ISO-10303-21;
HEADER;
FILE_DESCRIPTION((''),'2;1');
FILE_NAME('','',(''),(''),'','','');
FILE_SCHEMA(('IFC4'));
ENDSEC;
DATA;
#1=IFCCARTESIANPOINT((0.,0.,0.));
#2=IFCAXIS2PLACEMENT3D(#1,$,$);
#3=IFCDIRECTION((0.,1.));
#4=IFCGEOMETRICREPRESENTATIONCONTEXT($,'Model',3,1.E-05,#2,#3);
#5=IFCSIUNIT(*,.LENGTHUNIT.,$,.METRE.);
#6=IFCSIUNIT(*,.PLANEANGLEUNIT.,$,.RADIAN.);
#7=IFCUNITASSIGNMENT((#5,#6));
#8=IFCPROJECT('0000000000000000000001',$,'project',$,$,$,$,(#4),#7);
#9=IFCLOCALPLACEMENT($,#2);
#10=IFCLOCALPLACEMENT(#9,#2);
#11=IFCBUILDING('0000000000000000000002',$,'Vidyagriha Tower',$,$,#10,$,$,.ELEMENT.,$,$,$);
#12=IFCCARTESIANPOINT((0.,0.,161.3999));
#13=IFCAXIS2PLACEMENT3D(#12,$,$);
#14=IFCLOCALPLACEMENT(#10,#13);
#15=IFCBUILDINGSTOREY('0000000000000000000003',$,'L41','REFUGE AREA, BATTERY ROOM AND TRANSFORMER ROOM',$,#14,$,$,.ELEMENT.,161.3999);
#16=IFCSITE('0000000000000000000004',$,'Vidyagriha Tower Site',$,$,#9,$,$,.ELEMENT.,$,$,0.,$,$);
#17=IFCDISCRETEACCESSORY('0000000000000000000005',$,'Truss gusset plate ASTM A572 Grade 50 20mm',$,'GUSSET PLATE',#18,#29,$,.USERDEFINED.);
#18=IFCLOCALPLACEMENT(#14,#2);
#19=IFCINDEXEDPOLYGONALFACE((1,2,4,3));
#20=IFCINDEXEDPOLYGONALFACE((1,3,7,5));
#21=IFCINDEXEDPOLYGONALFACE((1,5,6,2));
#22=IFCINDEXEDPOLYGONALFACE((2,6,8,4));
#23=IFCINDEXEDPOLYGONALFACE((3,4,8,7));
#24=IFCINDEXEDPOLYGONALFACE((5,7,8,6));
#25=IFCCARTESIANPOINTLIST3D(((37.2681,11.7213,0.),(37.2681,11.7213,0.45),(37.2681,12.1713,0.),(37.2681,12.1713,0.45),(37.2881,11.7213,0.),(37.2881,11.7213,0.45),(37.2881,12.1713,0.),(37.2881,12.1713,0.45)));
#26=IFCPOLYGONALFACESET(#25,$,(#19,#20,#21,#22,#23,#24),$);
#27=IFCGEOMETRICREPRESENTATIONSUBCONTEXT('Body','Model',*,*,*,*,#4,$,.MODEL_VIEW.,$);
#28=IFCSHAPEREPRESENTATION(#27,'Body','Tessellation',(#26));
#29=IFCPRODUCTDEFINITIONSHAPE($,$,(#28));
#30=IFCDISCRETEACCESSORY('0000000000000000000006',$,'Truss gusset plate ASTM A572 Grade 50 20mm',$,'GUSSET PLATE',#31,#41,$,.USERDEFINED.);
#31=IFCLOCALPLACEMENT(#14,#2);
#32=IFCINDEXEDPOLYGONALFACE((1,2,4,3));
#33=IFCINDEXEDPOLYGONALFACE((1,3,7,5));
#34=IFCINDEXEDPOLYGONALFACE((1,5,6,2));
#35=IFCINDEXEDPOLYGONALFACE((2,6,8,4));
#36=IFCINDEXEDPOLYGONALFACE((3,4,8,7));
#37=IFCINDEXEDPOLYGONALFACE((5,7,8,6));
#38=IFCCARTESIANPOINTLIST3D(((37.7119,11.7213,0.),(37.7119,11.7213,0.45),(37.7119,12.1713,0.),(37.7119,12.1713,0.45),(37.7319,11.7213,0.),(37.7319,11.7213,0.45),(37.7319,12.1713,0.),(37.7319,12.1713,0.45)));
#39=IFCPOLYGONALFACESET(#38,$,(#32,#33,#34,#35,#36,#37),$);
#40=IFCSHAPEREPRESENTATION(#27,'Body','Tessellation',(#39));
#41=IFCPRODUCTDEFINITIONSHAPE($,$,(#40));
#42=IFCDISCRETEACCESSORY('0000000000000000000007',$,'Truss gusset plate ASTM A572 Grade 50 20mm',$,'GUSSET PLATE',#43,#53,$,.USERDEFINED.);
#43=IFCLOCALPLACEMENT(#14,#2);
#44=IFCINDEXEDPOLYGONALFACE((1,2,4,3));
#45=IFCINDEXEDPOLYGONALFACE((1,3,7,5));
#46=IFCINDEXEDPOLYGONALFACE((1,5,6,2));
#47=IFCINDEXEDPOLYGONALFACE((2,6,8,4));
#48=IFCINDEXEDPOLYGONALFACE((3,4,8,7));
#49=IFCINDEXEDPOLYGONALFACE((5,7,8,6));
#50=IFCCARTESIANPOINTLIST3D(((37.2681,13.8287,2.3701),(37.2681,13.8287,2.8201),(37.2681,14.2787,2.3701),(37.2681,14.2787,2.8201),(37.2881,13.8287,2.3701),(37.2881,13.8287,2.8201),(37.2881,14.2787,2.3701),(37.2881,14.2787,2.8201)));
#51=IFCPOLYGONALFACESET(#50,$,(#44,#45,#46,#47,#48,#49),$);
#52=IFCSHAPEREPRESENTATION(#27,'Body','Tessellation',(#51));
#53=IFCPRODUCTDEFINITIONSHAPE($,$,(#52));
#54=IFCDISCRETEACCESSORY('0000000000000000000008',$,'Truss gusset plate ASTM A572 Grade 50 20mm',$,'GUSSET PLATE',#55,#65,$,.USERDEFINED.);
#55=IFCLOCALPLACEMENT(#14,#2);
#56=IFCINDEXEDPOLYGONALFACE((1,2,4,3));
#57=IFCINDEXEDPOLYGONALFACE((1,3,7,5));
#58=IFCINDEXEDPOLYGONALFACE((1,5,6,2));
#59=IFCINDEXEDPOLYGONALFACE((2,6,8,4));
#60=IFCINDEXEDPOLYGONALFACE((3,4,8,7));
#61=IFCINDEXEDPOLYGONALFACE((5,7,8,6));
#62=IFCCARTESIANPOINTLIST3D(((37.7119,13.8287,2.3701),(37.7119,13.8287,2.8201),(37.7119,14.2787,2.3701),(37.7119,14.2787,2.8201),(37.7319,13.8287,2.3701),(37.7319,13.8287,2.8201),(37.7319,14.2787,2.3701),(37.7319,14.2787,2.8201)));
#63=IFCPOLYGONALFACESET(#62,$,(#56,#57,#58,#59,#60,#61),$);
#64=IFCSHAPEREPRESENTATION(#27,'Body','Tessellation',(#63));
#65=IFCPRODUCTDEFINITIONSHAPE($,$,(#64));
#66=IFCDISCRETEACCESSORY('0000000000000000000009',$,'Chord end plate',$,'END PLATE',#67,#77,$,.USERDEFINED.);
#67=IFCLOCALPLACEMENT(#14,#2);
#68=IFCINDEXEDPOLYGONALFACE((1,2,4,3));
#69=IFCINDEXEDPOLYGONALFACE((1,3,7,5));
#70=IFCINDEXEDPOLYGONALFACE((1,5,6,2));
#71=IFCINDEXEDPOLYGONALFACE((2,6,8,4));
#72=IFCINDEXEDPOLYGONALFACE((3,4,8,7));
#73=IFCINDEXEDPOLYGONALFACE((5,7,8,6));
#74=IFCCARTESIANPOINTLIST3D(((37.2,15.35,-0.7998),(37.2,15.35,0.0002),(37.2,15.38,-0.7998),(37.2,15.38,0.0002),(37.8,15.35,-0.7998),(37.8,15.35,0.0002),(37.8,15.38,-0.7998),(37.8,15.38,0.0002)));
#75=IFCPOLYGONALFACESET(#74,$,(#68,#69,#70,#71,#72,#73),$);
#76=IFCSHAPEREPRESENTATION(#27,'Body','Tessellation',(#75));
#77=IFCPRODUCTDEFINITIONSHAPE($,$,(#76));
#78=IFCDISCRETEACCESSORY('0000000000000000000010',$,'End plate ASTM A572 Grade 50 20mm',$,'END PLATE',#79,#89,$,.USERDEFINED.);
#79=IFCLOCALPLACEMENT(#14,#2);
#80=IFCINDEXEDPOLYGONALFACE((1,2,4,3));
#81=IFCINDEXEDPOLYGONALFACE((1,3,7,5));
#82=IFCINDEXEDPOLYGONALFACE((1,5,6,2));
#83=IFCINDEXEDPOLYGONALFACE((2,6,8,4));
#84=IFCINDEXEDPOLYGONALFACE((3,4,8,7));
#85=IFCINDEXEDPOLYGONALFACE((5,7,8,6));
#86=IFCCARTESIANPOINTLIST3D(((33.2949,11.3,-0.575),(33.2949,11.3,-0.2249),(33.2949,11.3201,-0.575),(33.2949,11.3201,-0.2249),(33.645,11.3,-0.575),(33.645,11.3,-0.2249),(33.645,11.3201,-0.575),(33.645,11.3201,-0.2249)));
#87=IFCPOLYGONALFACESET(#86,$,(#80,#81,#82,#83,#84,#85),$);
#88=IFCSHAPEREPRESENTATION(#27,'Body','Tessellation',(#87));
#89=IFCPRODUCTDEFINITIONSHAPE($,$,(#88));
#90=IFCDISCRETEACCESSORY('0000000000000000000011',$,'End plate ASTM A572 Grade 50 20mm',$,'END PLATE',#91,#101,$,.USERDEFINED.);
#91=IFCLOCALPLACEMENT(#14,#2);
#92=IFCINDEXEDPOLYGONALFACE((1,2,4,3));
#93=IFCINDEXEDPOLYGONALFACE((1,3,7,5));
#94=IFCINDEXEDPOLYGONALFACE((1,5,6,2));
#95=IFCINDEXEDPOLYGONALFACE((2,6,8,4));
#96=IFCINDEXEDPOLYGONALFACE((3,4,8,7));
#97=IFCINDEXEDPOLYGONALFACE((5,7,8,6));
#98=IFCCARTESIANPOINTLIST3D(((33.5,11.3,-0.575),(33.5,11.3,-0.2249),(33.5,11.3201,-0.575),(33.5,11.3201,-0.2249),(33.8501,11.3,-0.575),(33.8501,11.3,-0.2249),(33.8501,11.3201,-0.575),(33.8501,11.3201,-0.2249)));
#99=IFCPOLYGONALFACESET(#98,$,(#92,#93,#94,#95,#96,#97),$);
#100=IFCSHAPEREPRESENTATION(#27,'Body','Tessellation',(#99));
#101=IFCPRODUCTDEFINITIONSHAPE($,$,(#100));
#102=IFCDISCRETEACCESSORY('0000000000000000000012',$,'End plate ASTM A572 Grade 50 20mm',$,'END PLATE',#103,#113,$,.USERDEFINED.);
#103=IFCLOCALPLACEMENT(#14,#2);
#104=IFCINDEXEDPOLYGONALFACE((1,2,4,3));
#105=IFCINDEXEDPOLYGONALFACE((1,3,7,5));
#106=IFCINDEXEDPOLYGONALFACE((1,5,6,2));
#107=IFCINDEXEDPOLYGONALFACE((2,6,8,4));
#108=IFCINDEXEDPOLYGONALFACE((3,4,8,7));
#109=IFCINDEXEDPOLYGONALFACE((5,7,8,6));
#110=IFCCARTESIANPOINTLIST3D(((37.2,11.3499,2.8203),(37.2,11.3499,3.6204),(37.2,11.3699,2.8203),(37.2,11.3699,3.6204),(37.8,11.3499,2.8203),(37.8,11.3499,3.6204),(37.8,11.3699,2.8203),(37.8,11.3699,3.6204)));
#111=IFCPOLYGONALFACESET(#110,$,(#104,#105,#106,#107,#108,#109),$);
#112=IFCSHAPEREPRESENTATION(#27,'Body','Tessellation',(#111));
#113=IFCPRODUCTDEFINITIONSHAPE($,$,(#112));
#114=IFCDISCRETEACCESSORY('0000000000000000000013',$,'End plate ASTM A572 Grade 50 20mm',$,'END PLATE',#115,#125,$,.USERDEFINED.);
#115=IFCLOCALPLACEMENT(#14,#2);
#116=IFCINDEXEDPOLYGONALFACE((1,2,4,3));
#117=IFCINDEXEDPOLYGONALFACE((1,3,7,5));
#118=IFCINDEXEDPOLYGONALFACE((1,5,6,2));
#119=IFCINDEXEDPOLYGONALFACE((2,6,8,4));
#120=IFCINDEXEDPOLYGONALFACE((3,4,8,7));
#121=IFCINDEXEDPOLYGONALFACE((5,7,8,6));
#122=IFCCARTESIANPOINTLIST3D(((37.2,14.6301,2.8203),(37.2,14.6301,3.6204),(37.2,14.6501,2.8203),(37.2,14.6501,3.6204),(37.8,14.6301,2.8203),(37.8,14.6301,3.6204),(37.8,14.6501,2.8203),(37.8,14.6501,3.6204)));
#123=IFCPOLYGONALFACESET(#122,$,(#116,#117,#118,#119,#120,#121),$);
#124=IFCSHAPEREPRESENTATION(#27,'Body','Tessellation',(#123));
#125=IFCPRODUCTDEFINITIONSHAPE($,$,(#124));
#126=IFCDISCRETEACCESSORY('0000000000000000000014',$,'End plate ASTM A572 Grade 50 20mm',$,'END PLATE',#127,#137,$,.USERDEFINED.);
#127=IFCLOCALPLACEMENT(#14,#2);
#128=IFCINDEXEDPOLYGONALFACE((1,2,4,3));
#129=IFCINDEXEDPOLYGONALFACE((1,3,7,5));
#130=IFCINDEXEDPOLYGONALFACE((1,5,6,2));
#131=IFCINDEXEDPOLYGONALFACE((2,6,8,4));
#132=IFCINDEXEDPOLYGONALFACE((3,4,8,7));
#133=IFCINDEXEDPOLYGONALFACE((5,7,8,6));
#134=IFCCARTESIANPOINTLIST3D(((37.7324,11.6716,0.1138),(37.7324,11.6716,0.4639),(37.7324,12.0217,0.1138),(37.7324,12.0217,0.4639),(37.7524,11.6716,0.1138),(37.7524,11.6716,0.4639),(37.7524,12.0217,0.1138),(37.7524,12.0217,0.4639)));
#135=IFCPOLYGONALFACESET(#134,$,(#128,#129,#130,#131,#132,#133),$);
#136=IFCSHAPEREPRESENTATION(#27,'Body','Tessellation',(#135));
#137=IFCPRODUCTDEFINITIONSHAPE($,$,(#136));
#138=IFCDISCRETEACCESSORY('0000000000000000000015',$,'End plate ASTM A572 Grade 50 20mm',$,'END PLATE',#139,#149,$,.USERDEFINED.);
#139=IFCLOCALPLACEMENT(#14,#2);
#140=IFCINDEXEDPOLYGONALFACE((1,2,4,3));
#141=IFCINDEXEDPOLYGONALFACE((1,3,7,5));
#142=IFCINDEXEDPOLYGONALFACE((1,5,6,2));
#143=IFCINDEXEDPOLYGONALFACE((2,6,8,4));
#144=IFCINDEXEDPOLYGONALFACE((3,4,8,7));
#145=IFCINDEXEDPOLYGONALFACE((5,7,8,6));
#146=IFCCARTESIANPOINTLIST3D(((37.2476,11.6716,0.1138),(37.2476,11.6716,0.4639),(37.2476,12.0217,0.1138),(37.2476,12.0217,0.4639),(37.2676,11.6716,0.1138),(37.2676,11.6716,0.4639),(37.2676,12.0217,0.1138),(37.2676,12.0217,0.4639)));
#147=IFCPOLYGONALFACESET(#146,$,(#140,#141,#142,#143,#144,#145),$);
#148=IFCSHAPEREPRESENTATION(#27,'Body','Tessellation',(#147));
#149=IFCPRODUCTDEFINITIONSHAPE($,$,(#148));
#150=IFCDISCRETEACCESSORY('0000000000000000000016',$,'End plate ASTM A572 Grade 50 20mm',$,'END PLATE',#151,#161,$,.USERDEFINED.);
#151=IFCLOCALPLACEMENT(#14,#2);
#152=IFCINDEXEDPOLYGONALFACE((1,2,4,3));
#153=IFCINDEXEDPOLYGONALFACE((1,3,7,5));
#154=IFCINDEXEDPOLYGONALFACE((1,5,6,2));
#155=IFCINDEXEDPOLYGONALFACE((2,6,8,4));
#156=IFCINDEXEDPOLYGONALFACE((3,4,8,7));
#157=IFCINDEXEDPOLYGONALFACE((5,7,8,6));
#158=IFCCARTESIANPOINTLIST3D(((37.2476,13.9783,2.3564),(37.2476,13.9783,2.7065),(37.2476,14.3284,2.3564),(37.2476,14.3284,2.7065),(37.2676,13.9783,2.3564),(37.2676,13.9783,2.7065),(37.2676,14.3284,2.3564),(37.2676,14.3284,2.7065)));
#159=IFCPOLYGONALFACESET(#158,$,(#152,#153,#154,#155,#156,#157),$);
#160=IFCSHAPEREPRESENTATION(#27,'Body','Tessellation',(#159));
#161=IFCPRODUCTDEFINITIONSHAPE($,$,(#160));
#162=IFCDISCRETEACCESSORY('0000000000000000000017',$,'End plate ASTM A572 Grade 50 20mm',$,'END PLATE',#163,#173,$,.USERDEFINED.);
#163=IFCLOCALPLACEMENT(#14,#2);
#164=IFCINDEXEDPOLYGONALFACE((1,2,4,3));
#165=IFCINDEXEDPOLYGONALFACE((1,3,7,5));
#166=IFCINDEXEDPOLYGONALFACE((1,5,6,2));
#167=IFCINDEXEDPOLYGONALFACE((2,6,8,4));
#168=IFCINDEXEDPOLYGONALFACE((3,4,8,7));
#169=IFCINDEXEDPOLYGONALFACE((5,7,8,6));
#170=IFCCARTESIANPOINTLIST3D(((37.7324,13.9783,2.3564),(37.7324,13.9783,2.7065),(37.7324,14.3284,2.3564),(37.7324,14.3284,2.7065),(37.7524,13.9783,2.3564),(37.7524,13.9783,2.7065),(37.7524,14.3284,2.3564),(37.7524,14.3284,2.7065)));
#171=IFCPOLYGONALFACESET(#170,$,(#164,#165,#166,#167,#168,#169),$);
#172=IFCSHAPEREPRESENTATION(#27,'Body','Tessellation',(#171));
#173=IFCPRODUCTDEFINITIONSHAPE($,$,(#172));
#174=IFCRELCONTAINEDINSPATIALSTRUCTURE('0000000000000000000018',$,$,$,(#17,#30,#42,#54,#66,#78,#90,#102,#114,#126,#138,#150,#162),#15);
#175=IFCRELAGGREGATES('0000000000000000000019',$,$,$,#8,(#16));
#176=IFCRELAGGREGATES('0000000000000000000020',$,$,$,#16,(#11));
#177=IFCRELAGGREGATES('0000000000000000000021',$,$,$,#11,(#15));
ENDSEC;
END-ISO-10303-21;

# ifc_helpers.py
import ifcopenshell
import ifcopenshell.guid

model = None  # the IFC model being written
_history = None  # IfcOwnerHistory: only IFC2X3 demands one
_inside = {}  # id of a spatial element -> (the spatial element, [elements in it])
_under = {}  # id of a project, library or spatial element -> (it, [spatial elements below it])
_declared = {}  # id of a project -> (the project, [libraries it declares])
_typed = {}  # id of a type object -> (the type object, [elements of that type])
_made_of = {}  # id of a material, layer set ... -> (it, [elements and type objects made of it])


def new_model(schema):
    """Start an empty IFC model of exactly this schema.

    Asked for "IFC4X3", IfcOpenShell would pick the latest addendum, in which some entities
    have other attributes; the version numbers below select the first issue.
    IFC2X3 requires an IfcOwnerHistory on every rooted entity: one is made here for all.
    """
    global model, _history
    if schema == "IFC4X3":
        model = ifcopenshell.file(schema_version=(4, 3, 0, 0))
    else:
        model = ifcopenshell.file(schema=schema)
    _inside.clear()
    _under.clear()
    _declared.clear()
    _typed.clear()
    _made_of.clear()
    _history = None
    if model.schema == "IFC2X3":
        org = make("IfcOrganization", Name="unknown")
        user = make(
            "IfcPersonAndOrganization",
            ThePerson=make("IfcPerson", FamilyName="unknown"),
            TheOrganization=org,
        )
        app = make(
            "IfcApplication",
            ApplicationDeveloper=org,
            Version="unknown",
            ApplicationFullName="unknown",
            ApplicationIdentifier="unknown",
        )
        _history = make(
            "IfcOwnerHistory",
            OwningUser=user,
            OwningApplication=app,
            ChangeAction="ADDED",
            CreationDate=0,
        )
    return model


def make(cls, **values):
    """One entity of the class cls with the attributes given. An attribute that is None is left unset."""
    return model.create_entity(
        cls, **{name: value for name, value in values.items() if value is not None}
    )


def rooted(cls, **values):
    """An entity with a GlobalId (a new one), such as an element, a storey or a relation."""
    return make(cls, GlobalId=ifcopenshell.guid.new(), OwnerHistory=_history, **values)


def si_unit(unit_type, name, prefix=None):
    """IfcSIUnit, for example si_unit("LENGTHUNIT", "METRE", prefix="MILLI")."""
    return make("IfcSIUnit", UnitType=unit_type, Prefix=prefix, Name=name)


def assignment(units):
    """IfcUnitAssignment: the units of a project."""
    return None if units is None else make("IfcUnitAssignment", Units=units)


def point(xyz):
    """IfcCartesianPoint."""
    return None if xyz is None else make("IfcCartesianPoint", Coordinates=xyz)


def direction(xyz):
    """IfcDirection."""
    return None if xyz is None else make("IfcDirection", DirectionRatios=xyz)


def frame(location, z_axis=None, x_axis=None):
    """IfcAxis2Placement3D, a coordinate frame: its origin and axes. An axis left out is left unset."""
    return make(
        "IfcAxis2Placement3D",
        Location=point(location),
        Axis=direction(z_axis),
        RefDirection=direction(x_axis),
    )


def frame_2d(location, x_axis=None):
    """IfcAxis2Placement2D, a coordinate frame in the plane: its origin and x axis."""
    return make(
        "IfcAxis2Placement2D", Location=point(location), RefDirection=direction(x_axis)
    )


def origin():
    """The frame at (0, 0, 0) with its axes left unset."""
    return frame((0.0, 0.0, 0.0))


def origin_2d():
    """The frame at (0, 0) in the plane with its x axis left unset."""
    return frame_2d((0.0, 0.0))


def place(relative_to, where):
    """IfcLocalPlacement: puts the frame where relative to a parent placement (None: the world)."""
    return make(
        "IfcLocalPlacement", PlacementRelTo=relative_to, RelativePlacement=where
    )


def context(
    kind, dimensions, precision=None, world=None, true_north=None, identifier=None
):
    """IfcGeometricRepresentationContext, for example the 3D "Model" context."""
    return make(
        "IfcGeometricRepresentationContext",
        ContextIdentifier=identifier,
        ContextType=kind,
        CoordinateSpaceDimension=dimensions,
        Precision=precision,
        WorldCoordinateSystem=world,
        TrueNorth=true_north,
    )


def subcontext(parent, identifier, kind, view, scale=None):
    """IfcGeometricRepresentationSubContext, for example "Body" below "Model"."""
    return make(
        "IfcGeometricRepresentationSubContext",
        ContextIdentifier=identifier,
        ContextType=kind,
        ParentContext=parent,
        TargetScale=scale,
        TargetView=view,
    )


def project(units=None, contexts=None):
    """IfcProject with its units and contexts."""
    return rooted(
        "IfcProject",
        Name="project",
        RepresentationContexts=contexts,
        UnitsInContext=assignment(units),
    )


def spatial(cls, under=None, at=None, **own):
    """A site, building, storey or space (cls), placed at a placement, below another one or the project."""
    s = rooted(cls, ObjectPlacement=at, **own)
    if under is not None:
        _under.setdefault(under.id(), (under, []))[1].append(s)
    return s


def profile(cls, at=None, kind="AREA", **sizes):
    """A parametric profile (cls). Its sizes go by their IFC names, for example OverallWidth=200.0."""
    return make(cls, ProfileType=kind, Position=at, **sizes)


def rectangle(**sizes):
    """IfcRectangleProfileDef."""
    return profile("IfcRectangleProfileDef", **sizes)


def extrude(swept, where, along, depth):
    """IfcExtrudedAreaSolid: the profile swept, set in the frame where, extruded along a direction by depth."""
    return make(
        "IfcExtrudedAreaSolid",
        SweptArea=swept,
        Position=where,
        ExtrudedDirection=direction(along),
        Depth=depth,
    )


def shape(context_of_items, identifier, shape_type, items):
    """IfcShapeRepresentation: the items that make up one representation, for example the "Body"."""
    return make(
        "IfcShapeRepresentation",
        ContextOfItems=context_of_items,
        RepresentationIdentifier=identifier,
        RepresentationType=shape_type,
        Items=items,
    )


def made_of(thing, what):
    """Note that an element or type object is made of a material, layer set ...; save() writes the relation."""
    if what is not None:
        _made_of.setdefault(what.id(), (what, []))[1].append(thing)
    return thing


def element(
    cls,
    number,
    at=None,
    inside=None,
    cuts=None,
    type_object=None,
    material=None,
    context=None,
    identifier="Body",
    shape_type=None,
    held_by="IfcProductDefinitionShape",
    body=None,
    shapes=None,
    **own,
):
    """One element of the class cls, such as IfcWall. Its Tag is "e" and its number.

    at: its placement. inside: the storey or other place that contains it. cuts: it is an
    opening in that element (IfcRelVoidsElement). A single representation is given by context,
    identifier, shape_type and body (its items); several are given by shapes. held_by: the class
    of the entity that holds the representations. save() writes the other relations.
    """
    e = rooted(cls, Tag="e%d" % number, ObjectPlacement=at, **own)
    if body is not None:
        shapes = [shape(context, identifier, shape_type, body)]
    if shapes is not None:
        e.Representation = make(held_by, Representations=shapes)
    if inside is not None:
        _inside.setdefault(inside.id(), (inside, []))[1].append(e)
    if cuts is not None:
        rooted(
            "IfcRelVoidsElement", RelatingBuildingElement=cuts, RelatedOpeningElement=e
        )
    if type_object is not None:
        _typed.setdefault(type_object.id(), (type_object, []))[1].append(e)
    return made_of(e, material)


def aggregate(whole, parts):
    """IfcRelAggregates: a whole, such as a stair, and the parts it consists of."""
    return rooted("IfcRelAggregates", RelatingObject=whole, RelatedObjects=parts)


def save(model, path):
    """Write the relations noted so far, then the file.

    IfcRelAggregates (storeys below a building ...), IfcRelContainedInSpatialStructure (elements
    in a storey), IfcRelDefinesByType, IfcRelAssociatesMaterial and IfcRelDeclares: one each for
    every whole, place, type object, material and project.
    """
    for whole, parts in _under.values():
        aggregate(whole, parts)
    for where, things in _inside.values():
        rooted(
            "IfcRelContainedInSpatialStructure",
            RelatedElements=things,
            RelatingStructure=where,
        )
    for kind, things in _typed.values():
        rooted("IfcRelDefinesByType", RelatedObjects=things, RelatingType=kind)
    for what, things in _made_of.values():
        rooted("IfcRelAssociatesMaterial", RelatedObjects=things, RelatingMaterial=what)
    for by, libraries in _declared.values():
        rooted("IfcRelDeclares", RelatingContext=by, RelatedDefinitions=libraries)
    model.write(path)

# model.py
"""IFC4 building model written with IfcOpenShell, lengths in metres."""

from ifc_helpers import new_model, si_unit, direction, frame, origin, origin_2d, place, context, subcontext, project, spatial, rectangle, extrude, element, save


model = new_model("IFC4")

# Units and contexts
model_context = context("Model", 3, precision=1e-05, world=origin(), true_north=direction((0.0, 1.0)))
body_context = subcontext(model_context, "Body", "Model", "MODEL_VIEW")
ifc_project = project(units=[si_unit("LENGTHUNIT", "METRE"), si_unit("PLANEANGLEUNIT", "RADIAN")], contexts=[model_context])

# Site, building, storey
site_placement = place(None, origin())
site = spatial("IfcSite", under=ifc_project, at=site_placement, Name="Vidyagriha Tower Site", CompositionType="ELEMENT", RefElevation=0.0)
building_placement = place(site_placement, origin())
building = spatial("IfcBuilding", under=site, at=building_placement, Name="Vidyagriha Tower", CompositionType="ELEMENT")
storey_placement = place(building_placement, frame((0.0, 0.0, 161.3999)))
storey = spatial("IfcBuildingStorey", under=building, at=storey_placement, Name="L41", Description="REFUGE AREA, BATTERY ROOM AND TRANSFORMER ROOM", CompositionType="ELEMENT", Elevation=161.3999)

# Discrete accessories
for number, where, z_axis, x_axis, name in (
    (1, (37.2781, 11.9463, 0.0), (0.0, 0.0, 1.0), (0.0, 1.0, 0.0), "Truss gusset plate ASTM A572 Grade 50 20mm"),
    (2, (37.7219, 11.9463, 0.0), (0.0, 0.0, 1.0), (0.0, 1.0, 0.0), "Truss gusset plate ASTM A572 Grade 50 20mm"),
    (3, (37.2781, 14.0537, 2.3701), (0.0, 0.0, 1.0), (0.0, 1.0, 0.0), "Truss gusset plate ASTM A572 Grade 50 20mm"),
    (4, (37.7219, 14.0537, 2.3701), (0.0, 0.0, 1.0), (0.0, 1.0, 0.0), "Truss gusset plate ASTM A572 Grade 50 20mm"),
):
    element("IfcDiscreteAccessory", number, at=place(storey_placement, frame(where, z_axis=z_axis, x_axis=x_axis)), inside=storey, Name=name, ObjectType="GUSSET PLATE", PredefinedType="USERDEFINED", context=body_context, shape_type="SweptSolid", body=[
        extrude(rectangle(XDim=0.45, YDim=0.02, at=origin_2d()), origin(), (0.0, 0.0, 1.0), 0.45),
    ])
discrete_accessory_1_placement = place(storey_placement, frame((37.5, 15.365, -0.7998), z_axis=(0.0, 0.0, 1.0), x_axis=(0.0, 1.0, 0.0)))
element("IfcDiscreteAccessory", 5, at=discrete_accessory_1_placement, inside=storey, Name="Chord end plate", ObjectType="END PLATE", PredefinedType="USERDEFINED", context=body_context, shape_type="SweptSolid", body=[
    extrude(rectangle(XDim=0.03, YDim=0.6001, at=origin_2d()), origin(), (0.0, 0.0, 1.0), 0.8),
])
discrete_accessory_2_placement = place(storey_placement, frame((33.47, 11.3101, -0.575)))
element("IfcDiscreteAccessory", 6, at=discrete_accessory_2_placement, inside=storey, Name="End plate ASTM A572 Grade 50 20mm", ObjectType="END PLATE", PredefinedType="USERDEFINED", context=body_context, shape_type="SweptSolid", body=[
    extrude(rectangle(XDim=0.3501, YDim=0.02, at=origin_2d()), origin(), (0.0, 0.0, 1.0), 0.3501),
])
discrete_accessory_3_placement = place(storey_placement, frame((33.675, 11.3101, -0.575), z_axis=(0.0, 0.0, 1.0), x_axis=(-1.0, 0.0, 0.0)))
element("IfcDiscreteAccessory", 7, at=discrete_accessory_3_placement, inside=storey, Name="End plate ASTM A572 Grade 50 20mm", ObjectType="END PLATE", PredefinedType="USERDEFINED", context=body_context, shape_type="SweptSolid", body=[
    extrude(rectangle(XDim=0.3501, YDim=0.02, at=origin_2d()), origin(), (0.0, 0.0, 1.0), 0.3501),
])
for number, where, z_axis, x_axis, name in (
    (8, (37.5, 11.3599, 2.8203), (0.0, 0.0, 1.0), (0.0, -1.0, 0.0), "End plate ASTM A572 Grade 50 20mm"),
    (9, (37.5, 14.6401, 2.8203), (0.0, 0.0, 1.0), (0.0, 1.0, 0.0), "End plate ASTM A572 Grade 50 20mm"),
):
    element("IfcDiscreteAccessory", number, at=place(storey_placement, frame(where, z_axis=z_axis, x_axis=x_axis)), inside=storey, Name=name, ObjectType="END PLATE", PredefinedType="USERDEFINED", context=body_context, shape_type="SweptSolid", body=[
        extrude(rectangle(XDim=0.02, YDim=0.6001, at=origin_2d()), origin(), (0.0, 0.0, 1.0), 0.8),
    ])
for number, where, z_axis, x_axis, name in (
    (10, (37.7424, 11.8467, 0.1138), (0.0, 0.0, 1.0), (0.0, -1.0, 0.0), "End plate ASTM A572 Grade 50 20mm"),
    (11, (37.2576, 11.8467, 0.1138), (0.0, 0.0, 1.0), (0.0, -1.0, 0.0), "End plate ASTM A572 Grade 50 20mm"),
    (12, (37.2576, 14.1533, 2.3564), (0.0, 0.0, 1.0), (0.0, 1.0, 0.0), "End plate ASTM A572 Grade 50 20mm"),
    (13, (37.7424, 14.1533, 2.3564), (0.0, 0.0, 1.0), (0.0, 1.0, 0.0), "End plate ASTM A572 Grade 50 20mm"),
):
    element("IfcDiscreteAccessory", number, at=place(storey_placement, frame(where, z_axis=z_axis, x_axis=x_axis)), inside=storey, Name=name, ObjectType="END PLATE", PredefinedType="USERDEFINED", context=body_context, shape_type="SweptSolid", body=[
        extrude(rectangle(XDim=0.3501, YDim=0.02, at=origin_2d()), origin(), (0.0, 0.0, 1.0), 0.3501),
    ])

save(model, "model.ifc")
